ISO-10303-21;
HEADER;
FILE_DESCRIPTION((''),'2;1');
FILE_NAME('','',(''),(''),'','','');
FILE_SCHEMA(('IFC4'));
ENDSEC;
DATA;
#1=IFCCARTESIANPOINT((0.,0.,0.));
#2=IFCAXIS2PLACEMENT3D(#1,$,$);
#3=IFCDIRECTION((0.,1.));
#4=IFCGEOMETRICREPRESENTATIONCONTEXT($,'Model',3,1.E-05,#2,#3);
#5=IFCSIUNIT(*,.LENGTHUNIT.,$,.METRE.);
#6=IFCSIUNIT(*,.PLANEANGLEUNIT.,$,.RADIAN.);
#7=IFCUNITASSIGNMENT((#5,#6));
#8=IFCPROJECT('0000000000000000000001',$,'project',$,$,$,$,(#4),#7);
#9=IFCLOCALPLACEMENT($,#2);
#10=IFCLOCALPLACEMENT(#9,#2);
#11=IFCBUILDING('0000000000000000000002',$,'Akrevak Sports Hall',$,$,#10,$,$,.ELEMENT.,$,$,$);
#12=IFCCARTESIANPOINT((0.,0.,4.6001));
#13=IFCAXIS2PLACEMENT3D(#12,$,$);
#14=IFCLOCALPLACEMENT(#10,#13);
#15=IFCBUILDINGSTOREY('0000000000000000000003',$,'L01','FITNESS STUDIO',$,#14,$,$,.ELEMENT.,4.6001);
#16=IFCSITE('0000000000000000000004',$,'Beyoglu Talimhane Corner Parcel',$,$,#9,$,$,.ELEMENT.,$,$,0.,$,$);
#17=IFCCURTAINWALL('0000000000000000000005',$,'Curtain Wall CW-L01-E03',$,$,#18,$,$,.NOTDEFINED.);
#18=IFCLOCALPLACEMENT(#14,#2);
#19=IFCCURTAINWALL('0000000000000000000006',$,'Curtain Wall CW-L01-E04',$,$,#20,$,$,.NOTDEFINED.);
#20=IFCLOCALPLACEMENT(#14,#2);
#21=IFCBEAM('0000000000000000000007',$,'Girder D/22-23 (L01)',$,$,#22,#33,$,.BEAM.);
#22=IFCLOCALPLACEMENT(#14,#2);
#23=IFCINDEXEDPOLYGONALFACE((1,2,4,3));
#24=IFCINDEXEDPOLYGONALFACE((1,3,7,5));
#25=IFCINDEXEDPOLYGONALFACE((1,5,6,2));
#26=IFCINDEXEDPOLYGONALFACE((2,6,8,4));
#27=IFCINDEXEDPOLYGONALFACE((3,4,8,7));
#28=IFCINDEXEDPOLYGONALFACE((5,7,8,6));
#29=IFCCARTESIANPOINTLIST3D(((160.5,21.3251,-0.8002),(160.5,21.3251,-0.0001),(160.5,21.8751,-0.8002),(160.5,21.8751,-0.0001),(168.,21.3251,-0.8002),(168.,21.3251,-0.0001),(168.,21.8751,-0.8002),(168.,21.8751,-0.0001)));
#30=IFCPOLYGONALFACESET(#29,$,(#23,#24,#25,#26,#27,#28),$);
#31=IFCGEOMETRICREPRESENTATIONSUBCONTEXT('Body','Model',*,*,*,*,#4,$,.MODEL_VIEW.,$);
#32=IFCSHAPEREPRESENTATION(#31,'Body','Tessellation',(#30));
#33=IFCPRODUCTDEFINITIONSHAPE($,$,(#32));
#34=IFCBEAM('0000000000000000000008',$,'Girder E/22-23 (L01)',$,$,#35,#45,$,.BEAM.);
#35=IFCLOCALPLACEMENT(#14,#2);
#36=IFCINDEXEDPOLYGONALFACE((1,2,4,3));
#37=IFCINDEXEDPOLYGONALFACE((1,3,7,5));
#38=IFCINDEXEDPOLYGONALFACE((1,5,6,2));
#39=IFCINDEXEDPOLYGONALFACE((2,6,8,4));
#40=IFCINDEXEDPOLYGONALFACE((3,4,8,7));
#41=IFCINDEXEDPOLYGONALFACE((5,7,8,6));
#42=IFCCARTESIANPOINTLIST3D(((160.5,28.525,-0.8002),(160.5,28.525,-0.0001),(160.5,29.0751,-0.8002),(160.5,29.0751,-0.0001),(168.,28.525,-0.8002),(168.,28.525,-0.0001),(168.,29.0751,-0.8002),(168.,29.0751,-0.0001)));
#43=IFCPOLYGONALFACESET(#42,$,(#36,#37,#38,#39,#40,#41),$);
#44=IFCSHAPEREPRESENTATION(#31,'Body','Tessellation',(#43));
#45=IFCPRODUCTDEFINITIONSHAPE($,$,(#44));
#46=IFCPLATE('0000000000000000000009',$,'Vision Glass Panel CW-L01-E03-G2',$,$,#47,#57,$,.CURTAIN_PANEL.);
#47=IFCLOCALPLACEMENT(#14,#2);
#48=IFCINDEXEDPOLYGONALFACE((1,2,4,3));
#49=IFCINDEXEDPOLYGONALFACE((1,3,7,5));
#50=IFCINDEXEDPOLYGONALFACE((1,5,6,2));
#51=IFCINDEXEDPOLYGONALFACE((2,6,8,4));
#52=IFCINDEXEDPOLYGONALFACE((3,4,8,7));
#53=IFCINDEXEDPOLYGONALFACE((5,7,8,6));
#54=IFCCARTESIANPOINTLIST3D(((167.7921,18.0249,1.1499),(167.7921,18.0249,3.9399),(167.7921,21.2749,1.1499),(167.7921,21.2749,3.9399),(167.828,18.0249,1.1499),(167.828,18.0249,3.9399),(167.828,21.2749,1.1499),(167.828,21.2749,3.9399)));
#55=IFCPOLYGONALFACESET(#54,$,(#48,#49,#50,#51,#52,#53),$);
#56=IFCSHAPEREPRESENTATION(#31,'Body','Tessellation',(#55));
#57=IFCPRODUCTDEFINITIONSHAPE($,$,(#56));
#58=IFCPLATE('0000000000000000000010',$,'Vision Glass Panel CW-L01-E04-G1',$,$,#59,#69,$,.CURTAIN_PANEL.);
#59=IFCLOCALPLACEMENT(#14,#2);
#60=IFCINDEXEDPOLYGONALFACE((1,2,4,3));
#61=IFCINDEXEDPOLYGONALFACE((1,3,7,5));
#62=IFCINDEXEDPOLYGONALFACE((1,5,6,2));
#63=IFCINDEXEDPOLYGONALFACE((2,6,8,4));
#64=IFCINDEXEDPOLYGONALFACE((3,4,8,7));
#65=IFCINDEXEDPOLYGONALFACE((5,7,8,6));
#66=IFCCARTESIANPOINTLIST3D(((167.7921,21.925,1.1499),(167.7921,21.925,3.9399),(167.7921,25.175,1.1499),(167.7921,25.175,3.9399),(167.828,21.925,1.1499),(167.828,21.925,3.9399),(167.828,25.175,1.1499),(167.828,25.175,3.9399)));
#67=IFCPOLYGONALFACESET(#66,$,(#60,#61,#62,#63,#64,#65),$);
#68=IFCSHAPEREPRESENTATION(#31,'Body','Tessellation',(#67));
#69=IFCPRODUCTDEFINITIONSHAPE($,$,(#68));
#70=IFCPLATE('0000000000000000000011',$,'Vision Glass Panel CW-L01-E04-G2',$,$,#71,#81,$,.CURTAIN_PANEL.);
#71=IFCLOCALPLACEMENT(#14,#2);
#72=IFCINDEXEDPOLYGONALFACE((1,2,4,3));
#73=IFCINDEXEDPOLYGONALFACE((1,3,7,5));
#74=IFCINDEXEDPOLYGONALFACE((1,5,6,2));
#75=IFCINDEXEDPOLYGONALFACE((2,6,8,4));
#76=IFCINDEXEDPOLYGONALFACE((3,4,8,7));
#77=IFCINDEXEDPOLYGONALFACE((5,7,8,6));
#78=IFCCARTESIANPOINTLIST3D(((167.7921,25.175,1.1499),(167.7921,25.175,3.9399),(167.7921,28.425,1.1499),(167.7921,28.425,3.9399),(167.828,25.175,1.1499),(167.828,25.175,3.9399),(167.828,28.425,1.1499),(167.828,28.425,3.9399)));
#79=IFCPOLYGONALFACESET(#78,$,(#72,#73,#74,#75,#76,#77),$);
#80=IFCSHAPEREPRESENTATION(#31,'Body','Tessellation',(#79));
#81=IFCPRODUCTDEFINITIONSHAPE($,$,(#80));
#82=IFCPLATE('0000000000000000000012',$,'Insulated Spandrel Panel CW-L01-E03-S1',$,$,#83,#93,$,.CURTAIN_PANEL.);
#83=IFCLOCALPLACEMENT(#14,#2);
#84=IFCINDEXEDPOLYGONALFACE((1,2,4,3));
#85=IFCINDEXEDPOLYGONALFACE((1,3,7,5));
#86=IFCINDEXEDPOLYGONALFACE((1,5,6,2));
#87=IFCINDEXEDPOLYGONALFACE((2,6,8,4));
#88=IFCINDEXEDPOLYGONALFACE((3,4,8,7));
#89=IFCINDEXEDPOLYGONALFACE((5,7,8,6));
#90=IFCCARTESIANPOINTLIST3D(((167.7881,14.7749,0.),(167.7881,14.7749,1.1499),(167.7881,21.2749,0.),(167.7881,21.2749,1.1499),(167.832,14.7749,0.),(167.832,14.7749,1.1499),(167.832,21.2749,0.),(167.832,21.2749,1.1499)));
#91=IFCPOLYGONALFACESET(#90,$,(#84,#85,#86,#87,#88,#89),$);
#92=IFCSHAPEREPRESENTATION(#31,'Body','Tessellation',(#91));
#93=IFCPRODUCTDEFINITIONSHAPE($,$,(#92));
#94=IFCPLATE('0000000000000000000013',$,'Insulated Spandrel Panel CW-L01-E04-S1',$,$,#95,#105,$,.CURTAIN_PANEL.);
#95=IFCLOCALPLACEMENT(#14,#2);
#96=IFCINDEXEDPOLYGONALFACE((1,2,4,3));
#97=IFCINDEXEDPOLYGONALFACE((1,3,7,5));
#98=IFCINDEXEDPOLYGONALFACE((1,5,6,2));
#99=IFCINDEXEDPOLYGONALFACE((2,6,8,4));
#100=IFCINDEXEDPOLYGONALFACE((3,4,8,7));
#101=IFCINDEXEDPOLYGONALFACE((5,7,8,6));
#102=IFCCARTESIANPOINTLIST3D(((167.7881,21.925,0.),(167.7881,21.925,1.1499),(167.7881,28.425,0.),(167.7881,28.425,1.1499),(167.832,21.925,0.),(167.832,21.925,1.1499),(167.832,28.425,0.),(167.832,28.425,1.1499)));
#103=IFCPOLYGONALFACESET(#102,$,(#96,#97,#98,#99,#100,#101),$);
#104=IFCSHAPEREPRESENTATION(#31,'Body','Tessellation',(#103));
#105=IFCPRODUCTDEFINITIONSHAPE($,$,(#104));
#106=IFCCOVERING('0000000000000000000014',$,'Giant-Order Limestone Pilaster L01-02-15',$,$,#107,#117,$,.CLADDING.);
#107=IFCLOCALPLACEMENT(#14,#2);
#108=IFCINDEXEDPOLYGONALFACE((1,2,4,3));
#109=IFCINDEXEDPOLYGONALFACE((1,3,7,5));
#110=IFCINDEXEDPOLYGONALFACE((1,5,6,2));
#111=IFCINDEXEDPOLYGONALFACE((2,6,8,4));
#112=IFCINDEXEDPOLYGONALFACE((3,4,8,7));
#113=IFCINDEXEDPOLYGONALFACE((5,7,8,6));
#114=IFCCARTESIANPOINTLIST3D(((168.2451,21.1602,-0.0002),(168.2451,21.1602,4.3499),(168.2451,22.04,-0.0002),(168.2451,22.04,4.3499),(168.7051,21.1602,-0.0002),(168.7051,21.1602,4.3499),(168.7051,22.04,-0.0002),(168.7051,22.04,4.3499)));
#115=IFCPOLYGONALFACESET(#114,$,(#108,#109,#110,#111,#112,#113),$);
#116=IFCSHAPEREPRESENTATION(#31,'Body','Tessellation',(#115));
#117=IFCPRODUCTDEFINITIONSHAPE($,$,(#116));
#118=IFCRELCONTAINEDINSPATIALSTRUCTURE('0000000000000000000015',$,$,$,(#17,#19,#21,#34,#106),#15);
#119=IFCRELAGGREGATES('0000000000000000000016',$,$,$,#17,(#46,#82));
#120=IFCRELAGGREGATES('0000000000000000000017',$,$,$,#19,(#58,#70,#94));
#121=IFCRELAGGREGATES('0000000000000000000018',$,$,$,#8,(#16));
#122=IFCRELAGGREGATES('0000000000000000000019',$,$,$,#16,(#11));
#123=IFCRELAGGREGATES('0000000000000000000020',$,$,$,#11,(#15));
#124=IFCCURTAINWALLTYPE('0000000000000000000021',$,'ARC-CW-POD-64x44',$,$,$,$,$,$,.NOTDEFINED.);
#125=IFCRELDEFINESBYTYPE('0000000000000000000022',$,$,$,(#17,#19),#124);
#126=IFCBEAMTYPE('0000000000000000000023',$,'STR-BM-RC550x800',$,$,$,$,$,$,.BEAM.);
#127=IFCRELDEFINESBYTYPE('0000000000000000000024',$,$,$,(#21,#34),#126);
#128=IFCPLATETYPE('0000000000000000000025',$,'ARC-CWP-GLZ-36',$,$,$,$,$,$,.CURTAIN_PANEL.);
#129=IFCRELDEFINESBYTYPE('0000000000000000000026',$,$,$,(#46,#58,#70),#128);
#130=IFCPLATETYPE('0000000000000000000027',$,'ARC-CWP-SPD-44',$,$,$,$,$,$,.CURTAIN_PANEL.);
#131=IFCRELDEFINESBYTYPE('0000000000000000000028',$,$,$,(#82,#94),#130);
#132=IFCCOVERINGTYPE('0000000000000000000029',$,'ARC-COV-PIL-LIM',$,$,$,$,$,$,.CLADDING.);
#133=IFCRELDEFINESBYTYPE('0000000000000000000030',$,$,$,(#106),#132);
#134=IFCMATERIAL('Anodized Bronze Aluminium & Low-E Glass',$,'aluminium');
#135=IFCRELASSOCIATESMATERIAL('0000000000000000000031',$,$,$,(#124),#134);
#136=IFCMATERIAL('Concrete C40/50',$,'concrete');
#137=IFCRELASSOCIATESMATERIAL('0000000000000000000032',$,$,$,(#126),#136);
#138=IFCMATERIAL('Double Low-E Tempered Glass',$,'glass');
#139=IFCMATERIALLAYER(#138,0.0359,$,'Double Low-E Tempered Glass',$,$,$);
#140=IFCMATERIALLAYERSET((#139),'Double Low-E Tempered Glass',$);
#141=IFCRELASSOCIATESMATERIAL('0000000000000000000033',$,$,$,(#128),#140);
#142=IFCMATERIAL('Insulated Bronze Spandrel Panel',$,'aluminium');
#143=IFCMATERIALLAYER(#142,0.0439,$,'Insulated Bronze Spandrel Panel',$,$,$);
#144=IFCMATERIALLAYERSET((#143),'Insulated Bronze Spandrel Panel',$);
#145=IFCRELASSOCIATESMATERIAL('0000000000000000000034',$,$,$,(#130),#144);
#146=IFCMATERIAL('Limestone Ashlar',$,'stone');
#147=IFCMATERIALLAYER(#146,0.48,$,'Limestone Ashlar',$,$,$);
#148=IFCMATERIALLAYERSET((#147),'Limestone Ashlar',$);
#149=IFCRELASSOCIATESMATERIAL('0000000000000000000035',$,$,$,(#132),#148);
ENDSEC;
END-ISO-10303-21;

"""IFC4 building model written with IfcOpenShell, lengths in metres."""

from ifc_helpers import new_model, si_unit, direction, frame, origin, origin_2d, place, context, subcontext, project, spatial, rectangle, extrude, material, layer, layer_set, material_profile, profile_set, type_object, element, aggregate, save


model = new_model("IFC4")

# Units and contexts
model_context = context("Model", 3, precision=1e-05, world=origin(), true_north=direction((0.0, 1.0)))
body_context = subcontext(model_context, "Body", "Model", "MODEL_VIEW")
ifc_project = project(units=[si_unit("LENGTHUNIT", "METRE"), si_unit("PLANEANGLEUNIT", "RADIAN")], contexts=[model_context])

# Site, building, storey
site_placement = place(None, origin())
site = spatial("IfcSite", under=ifc_project, at=site_placement, Name="Beyoglu Talimhane Corner Parcel", CompositionType="ELEMENT", RefElevation=0.0)
building_placement = place(site_placement, origin())
building = spatial("IfcBuilding", under=site, at=building_placement, Name="Akrevak Sports Hall", CompositionType="ELEMENT")
storey_placement = place(building_placement, frame((0.0, 0.0, 4.6001)))
storey = spatial("IfcBuildingStorey", under=building, at=storey_placement, Name="L01", Description="FITNESS STUDIO", CompositionType="ELEMENT", Elevation=4.6001)

# Shared definitions
ifc_material_1 = material(Name="Concrete C40/50", Category="concrete")

# Curtain walls
ifc_material_2 = material(Name="Anodized Bronze Aluminium & Low-E Glass", Category="aluminium")
curtain_wall_type = type_object("IfcCurtainWallType", Name="ARC-CW-POD-64x44", PredefinedType="NOTDEFINED", material=ifc_material_2)
curtain_wall_1_placement = place(storey_placement, origin())
curtain_wall_1 = element("IfcCurtainWall", 1, at=curtain_wall_1_placement, inside=storey, type_object=curtain_wall_type, Name="Curtain Wall CW-L01-E03", PredefinedType="NOTDEFINED")
curtain_wall_2_placement = place(storey_placement, origin())
curtain_wall_2 = element("IfcCurtainWall", 2, at=curtain_wall_2_placement, inside=storey, type_object=curtain_wall_type, Name="Curtain Wall CW-L01-E04", PredefinedType="NOTDEFINED")

# Beams
ifc_material_profile_1 = material_profile(ifc_material_1, rectangle(XDim=0.55, YDim=0.8, at=origin_2d()), Name="BM 550x800", Category="concrete")
ifc_profile_set_1 = profile_set([ifc_material_profile_1], Name="Concrete C40/50")
beam_type_1 = type_object("IfcBeamType", Name="STR-BM-RC550x800", PredefinedType="BEAM", material=ifc_profile_set_1)
for number, where, z_axis, x_axis, name in (
    (3, (160.5, 21.6001, -0.4001), (1.0, 0.0, 0.0), (0.0, 1.0, 0.0), "Girder D/22-23 (L01)"),
    (4, (160.5, 28.8, -0.4001), (1.0, 0.0, 0.0), (0.0, 1.0, 0.0), "Girder E/22-23 (L01)"),
):
    element("IfcBeam", number, at=place(storey_placement, frame(where, z_axis=z_axis, x_axis=x_axis)), inside=storey, type_object=beam_type_1, Name=name, PredefinedType="BEAM", context=body_context, shape_type="SweptSolid", body=[
        extrude(rectangle(XDim=0.55, YDim=0.8, at=origin_2d()), origin(), (0.0, 0.0, 1.0), 7.5),
    ])

# Plates
ifc_material_3 = material(Name="Double Low-E Tempered Glass", Category="glass")
ifc_layer_1 = layer(ifc_material_3, 0.0359, Name="Double Low-E Tempered Glass")
ifc_layer_set_1 = layer_set([ifc_layer_1], Name="Double Low-E Tempered Glass")
plate_type_1 = type_object("IfcPlateType", Name="ARC-CWP-GLZ-36", PredefinedType="CURTAIN_PANEL", material=ifc_layer_set_1)
plate_1_placement = place(storey_placement, frame((167.8101, 19.6499, 1.1499), z_axis=(0.0, 0.0, 1.0), x_axis=(0.0, 1.0, 0.0)))
plate_1 = element("IfcPlate", 5, at=plate_1_placement, type_object=plate_type_1, Name="Vision Glass Panel CW-L01-E03-G2", PredefinedType="CURTAIN_PANEL", context=body_context, shape_type="SweptSolid", body=[
    extrude(rectangle(XDim=3.25, YDim=0.0359, at=origin_2d()), origin(), (0.0, 0.0, 1.0), 2.79),
])
plate_2_placement = place(storey_placement, frame((167.8101, 23.55, 1.1499), z_axis=(0.0, 0.0, 1.0), x_axis=(0.0, 1.0, 0.0)))
plate_2 = element("IfcPlate", 6, at=plate_2_placement, type_object=plate_type_1, Name="Vision Glass Panel CW-L01-E04-G1", PredefinedType="CURTAIN_PANEL", context=body_context, shape_type="SweptSolid", body=[
    extrude(rectangle(XDim=3.25, YDim=0.0359, at=origin_2d()), origin(), (0.0, 0.0, 1.0), 2.79),
])
plate_3_placement = place(storey_placement, frame((167.8101, 26.8, 1.1499), z_axis=(0.0, 0.0, 1.0), x_axis=(0.0, 1.0, 0.0)))
plate_3 = element("IfcPlate", 7, at=plate_3_placement, type_object=plate_type_1, Name="Vision Glass Panel CW-L01-E04-G2", PredefinedType="CURTAIN_PANEL", context=body_context, shape_type="SweptSolid", body=[
    extrude(rectangle(XDim=3.25, YDim=0.0359, at=origin_2d()), origin(), (0.0, 0.0, 1.0), 2.79),
])
ifc_material_4 = material(Name="Insulated Bronze Spandrel Panel", Category="aluminium")
ifc_layer_2 = layer(ifc_material_4, 0.0439, Name="Insulated Bronze Spandrel Panel")
ifc_layer_set_2 = layer_set([ifc_layer_2], Name="Insulated Bronze Spandrel Panel")
plate_type_2 = type_object("IfcPlateType", Name="ARC-CWP-SPD-44", PredefinedType="CURTAIN_PANEL", material=ifc_layer_set_2)
plate_4_placement = place(storey_placement, frame((167.8101, 18.0249, 0.0), z_axis=(0.0, 0.0, 1.0), x_axis=(0.0, 1.0, 0.0)))
plate_4 = element("IfcPlate", 8, at=plate_4_placement, type_object=plate_type_2, Name="Insulated Spandrel Panel CW-L01-E03-S1", PredefinedType="CURTAIN_PANEL", context=body_context, shape_type="SweptSolid", body=[
    extrude(rectangle(XDim=6.5, YDim=0.0439, at=origin_2d()), origin(), (0.0, 0.0, 1.0), 1.1499),
])
aggregate(curtain_wall_1, [plate_1, plate_4])
plate_5_placement = place(storey_placement, frame((167.8101, 25.175, 0.0), z_axis=(0.0, 0.0, 1.0), x_axis=(0.0, 1.0, 0.0)))
plate_5 = element("IfcPlate", 9, at=plate_5_placement, type_object=plate_type_2, Name="Insulated Spandrel Panel CW-L01-E04-S1", PredefinedType="CURTAIN_PANEL", context=body_context, shape_type="SweptSolid", body=[
    extrude(rectangle(XDim=6.5, YDim=0.0439, at=origin_2d()), origin(), (0.0, 0.0, 1.0), 1.1499),
])
aggregate(curtain_wall_2, [plate_2, plate_3, plate_5])

# Covering
ifc_material_5 = material(Name="Limestone Ashlar", Category="stone")
ifc_layer_3 = layer(ifc_material_5, 0.48, Name="Limestone Ashlar")
ifc_layer_set_3 = layer_set([ifc_layer_3], Name="Limestone Ashlar")
covering_type = type_object("IfcCoveringType", Name="ARC-COV-PIL-LIM", PredefinedType="CLADDING", material=ifc_layer_set_3)
covering_placement = place(storey_placement, frame((168.4751, 21.6001, -0.0002), z_axis=(0.0, 0.0, 1.0), x_axis=(0.0, 1.0, 0.0)))
element("IfcCovering", 10, at=covering_placement, inside=storey, type_object=covering_type, Name="Giant-Order Limestone Pilaster L01-02-15", PredefinedType="CLADDING", context=body_context, shape_type="SweptSolid", body=[
    extrude(rectangle(XDim=0.8799, YDim=0.46, at=origin_2d()), origin(), (0.0, 0.0, 1.0), 4.3501),
])

save(model, "model.ifc")
